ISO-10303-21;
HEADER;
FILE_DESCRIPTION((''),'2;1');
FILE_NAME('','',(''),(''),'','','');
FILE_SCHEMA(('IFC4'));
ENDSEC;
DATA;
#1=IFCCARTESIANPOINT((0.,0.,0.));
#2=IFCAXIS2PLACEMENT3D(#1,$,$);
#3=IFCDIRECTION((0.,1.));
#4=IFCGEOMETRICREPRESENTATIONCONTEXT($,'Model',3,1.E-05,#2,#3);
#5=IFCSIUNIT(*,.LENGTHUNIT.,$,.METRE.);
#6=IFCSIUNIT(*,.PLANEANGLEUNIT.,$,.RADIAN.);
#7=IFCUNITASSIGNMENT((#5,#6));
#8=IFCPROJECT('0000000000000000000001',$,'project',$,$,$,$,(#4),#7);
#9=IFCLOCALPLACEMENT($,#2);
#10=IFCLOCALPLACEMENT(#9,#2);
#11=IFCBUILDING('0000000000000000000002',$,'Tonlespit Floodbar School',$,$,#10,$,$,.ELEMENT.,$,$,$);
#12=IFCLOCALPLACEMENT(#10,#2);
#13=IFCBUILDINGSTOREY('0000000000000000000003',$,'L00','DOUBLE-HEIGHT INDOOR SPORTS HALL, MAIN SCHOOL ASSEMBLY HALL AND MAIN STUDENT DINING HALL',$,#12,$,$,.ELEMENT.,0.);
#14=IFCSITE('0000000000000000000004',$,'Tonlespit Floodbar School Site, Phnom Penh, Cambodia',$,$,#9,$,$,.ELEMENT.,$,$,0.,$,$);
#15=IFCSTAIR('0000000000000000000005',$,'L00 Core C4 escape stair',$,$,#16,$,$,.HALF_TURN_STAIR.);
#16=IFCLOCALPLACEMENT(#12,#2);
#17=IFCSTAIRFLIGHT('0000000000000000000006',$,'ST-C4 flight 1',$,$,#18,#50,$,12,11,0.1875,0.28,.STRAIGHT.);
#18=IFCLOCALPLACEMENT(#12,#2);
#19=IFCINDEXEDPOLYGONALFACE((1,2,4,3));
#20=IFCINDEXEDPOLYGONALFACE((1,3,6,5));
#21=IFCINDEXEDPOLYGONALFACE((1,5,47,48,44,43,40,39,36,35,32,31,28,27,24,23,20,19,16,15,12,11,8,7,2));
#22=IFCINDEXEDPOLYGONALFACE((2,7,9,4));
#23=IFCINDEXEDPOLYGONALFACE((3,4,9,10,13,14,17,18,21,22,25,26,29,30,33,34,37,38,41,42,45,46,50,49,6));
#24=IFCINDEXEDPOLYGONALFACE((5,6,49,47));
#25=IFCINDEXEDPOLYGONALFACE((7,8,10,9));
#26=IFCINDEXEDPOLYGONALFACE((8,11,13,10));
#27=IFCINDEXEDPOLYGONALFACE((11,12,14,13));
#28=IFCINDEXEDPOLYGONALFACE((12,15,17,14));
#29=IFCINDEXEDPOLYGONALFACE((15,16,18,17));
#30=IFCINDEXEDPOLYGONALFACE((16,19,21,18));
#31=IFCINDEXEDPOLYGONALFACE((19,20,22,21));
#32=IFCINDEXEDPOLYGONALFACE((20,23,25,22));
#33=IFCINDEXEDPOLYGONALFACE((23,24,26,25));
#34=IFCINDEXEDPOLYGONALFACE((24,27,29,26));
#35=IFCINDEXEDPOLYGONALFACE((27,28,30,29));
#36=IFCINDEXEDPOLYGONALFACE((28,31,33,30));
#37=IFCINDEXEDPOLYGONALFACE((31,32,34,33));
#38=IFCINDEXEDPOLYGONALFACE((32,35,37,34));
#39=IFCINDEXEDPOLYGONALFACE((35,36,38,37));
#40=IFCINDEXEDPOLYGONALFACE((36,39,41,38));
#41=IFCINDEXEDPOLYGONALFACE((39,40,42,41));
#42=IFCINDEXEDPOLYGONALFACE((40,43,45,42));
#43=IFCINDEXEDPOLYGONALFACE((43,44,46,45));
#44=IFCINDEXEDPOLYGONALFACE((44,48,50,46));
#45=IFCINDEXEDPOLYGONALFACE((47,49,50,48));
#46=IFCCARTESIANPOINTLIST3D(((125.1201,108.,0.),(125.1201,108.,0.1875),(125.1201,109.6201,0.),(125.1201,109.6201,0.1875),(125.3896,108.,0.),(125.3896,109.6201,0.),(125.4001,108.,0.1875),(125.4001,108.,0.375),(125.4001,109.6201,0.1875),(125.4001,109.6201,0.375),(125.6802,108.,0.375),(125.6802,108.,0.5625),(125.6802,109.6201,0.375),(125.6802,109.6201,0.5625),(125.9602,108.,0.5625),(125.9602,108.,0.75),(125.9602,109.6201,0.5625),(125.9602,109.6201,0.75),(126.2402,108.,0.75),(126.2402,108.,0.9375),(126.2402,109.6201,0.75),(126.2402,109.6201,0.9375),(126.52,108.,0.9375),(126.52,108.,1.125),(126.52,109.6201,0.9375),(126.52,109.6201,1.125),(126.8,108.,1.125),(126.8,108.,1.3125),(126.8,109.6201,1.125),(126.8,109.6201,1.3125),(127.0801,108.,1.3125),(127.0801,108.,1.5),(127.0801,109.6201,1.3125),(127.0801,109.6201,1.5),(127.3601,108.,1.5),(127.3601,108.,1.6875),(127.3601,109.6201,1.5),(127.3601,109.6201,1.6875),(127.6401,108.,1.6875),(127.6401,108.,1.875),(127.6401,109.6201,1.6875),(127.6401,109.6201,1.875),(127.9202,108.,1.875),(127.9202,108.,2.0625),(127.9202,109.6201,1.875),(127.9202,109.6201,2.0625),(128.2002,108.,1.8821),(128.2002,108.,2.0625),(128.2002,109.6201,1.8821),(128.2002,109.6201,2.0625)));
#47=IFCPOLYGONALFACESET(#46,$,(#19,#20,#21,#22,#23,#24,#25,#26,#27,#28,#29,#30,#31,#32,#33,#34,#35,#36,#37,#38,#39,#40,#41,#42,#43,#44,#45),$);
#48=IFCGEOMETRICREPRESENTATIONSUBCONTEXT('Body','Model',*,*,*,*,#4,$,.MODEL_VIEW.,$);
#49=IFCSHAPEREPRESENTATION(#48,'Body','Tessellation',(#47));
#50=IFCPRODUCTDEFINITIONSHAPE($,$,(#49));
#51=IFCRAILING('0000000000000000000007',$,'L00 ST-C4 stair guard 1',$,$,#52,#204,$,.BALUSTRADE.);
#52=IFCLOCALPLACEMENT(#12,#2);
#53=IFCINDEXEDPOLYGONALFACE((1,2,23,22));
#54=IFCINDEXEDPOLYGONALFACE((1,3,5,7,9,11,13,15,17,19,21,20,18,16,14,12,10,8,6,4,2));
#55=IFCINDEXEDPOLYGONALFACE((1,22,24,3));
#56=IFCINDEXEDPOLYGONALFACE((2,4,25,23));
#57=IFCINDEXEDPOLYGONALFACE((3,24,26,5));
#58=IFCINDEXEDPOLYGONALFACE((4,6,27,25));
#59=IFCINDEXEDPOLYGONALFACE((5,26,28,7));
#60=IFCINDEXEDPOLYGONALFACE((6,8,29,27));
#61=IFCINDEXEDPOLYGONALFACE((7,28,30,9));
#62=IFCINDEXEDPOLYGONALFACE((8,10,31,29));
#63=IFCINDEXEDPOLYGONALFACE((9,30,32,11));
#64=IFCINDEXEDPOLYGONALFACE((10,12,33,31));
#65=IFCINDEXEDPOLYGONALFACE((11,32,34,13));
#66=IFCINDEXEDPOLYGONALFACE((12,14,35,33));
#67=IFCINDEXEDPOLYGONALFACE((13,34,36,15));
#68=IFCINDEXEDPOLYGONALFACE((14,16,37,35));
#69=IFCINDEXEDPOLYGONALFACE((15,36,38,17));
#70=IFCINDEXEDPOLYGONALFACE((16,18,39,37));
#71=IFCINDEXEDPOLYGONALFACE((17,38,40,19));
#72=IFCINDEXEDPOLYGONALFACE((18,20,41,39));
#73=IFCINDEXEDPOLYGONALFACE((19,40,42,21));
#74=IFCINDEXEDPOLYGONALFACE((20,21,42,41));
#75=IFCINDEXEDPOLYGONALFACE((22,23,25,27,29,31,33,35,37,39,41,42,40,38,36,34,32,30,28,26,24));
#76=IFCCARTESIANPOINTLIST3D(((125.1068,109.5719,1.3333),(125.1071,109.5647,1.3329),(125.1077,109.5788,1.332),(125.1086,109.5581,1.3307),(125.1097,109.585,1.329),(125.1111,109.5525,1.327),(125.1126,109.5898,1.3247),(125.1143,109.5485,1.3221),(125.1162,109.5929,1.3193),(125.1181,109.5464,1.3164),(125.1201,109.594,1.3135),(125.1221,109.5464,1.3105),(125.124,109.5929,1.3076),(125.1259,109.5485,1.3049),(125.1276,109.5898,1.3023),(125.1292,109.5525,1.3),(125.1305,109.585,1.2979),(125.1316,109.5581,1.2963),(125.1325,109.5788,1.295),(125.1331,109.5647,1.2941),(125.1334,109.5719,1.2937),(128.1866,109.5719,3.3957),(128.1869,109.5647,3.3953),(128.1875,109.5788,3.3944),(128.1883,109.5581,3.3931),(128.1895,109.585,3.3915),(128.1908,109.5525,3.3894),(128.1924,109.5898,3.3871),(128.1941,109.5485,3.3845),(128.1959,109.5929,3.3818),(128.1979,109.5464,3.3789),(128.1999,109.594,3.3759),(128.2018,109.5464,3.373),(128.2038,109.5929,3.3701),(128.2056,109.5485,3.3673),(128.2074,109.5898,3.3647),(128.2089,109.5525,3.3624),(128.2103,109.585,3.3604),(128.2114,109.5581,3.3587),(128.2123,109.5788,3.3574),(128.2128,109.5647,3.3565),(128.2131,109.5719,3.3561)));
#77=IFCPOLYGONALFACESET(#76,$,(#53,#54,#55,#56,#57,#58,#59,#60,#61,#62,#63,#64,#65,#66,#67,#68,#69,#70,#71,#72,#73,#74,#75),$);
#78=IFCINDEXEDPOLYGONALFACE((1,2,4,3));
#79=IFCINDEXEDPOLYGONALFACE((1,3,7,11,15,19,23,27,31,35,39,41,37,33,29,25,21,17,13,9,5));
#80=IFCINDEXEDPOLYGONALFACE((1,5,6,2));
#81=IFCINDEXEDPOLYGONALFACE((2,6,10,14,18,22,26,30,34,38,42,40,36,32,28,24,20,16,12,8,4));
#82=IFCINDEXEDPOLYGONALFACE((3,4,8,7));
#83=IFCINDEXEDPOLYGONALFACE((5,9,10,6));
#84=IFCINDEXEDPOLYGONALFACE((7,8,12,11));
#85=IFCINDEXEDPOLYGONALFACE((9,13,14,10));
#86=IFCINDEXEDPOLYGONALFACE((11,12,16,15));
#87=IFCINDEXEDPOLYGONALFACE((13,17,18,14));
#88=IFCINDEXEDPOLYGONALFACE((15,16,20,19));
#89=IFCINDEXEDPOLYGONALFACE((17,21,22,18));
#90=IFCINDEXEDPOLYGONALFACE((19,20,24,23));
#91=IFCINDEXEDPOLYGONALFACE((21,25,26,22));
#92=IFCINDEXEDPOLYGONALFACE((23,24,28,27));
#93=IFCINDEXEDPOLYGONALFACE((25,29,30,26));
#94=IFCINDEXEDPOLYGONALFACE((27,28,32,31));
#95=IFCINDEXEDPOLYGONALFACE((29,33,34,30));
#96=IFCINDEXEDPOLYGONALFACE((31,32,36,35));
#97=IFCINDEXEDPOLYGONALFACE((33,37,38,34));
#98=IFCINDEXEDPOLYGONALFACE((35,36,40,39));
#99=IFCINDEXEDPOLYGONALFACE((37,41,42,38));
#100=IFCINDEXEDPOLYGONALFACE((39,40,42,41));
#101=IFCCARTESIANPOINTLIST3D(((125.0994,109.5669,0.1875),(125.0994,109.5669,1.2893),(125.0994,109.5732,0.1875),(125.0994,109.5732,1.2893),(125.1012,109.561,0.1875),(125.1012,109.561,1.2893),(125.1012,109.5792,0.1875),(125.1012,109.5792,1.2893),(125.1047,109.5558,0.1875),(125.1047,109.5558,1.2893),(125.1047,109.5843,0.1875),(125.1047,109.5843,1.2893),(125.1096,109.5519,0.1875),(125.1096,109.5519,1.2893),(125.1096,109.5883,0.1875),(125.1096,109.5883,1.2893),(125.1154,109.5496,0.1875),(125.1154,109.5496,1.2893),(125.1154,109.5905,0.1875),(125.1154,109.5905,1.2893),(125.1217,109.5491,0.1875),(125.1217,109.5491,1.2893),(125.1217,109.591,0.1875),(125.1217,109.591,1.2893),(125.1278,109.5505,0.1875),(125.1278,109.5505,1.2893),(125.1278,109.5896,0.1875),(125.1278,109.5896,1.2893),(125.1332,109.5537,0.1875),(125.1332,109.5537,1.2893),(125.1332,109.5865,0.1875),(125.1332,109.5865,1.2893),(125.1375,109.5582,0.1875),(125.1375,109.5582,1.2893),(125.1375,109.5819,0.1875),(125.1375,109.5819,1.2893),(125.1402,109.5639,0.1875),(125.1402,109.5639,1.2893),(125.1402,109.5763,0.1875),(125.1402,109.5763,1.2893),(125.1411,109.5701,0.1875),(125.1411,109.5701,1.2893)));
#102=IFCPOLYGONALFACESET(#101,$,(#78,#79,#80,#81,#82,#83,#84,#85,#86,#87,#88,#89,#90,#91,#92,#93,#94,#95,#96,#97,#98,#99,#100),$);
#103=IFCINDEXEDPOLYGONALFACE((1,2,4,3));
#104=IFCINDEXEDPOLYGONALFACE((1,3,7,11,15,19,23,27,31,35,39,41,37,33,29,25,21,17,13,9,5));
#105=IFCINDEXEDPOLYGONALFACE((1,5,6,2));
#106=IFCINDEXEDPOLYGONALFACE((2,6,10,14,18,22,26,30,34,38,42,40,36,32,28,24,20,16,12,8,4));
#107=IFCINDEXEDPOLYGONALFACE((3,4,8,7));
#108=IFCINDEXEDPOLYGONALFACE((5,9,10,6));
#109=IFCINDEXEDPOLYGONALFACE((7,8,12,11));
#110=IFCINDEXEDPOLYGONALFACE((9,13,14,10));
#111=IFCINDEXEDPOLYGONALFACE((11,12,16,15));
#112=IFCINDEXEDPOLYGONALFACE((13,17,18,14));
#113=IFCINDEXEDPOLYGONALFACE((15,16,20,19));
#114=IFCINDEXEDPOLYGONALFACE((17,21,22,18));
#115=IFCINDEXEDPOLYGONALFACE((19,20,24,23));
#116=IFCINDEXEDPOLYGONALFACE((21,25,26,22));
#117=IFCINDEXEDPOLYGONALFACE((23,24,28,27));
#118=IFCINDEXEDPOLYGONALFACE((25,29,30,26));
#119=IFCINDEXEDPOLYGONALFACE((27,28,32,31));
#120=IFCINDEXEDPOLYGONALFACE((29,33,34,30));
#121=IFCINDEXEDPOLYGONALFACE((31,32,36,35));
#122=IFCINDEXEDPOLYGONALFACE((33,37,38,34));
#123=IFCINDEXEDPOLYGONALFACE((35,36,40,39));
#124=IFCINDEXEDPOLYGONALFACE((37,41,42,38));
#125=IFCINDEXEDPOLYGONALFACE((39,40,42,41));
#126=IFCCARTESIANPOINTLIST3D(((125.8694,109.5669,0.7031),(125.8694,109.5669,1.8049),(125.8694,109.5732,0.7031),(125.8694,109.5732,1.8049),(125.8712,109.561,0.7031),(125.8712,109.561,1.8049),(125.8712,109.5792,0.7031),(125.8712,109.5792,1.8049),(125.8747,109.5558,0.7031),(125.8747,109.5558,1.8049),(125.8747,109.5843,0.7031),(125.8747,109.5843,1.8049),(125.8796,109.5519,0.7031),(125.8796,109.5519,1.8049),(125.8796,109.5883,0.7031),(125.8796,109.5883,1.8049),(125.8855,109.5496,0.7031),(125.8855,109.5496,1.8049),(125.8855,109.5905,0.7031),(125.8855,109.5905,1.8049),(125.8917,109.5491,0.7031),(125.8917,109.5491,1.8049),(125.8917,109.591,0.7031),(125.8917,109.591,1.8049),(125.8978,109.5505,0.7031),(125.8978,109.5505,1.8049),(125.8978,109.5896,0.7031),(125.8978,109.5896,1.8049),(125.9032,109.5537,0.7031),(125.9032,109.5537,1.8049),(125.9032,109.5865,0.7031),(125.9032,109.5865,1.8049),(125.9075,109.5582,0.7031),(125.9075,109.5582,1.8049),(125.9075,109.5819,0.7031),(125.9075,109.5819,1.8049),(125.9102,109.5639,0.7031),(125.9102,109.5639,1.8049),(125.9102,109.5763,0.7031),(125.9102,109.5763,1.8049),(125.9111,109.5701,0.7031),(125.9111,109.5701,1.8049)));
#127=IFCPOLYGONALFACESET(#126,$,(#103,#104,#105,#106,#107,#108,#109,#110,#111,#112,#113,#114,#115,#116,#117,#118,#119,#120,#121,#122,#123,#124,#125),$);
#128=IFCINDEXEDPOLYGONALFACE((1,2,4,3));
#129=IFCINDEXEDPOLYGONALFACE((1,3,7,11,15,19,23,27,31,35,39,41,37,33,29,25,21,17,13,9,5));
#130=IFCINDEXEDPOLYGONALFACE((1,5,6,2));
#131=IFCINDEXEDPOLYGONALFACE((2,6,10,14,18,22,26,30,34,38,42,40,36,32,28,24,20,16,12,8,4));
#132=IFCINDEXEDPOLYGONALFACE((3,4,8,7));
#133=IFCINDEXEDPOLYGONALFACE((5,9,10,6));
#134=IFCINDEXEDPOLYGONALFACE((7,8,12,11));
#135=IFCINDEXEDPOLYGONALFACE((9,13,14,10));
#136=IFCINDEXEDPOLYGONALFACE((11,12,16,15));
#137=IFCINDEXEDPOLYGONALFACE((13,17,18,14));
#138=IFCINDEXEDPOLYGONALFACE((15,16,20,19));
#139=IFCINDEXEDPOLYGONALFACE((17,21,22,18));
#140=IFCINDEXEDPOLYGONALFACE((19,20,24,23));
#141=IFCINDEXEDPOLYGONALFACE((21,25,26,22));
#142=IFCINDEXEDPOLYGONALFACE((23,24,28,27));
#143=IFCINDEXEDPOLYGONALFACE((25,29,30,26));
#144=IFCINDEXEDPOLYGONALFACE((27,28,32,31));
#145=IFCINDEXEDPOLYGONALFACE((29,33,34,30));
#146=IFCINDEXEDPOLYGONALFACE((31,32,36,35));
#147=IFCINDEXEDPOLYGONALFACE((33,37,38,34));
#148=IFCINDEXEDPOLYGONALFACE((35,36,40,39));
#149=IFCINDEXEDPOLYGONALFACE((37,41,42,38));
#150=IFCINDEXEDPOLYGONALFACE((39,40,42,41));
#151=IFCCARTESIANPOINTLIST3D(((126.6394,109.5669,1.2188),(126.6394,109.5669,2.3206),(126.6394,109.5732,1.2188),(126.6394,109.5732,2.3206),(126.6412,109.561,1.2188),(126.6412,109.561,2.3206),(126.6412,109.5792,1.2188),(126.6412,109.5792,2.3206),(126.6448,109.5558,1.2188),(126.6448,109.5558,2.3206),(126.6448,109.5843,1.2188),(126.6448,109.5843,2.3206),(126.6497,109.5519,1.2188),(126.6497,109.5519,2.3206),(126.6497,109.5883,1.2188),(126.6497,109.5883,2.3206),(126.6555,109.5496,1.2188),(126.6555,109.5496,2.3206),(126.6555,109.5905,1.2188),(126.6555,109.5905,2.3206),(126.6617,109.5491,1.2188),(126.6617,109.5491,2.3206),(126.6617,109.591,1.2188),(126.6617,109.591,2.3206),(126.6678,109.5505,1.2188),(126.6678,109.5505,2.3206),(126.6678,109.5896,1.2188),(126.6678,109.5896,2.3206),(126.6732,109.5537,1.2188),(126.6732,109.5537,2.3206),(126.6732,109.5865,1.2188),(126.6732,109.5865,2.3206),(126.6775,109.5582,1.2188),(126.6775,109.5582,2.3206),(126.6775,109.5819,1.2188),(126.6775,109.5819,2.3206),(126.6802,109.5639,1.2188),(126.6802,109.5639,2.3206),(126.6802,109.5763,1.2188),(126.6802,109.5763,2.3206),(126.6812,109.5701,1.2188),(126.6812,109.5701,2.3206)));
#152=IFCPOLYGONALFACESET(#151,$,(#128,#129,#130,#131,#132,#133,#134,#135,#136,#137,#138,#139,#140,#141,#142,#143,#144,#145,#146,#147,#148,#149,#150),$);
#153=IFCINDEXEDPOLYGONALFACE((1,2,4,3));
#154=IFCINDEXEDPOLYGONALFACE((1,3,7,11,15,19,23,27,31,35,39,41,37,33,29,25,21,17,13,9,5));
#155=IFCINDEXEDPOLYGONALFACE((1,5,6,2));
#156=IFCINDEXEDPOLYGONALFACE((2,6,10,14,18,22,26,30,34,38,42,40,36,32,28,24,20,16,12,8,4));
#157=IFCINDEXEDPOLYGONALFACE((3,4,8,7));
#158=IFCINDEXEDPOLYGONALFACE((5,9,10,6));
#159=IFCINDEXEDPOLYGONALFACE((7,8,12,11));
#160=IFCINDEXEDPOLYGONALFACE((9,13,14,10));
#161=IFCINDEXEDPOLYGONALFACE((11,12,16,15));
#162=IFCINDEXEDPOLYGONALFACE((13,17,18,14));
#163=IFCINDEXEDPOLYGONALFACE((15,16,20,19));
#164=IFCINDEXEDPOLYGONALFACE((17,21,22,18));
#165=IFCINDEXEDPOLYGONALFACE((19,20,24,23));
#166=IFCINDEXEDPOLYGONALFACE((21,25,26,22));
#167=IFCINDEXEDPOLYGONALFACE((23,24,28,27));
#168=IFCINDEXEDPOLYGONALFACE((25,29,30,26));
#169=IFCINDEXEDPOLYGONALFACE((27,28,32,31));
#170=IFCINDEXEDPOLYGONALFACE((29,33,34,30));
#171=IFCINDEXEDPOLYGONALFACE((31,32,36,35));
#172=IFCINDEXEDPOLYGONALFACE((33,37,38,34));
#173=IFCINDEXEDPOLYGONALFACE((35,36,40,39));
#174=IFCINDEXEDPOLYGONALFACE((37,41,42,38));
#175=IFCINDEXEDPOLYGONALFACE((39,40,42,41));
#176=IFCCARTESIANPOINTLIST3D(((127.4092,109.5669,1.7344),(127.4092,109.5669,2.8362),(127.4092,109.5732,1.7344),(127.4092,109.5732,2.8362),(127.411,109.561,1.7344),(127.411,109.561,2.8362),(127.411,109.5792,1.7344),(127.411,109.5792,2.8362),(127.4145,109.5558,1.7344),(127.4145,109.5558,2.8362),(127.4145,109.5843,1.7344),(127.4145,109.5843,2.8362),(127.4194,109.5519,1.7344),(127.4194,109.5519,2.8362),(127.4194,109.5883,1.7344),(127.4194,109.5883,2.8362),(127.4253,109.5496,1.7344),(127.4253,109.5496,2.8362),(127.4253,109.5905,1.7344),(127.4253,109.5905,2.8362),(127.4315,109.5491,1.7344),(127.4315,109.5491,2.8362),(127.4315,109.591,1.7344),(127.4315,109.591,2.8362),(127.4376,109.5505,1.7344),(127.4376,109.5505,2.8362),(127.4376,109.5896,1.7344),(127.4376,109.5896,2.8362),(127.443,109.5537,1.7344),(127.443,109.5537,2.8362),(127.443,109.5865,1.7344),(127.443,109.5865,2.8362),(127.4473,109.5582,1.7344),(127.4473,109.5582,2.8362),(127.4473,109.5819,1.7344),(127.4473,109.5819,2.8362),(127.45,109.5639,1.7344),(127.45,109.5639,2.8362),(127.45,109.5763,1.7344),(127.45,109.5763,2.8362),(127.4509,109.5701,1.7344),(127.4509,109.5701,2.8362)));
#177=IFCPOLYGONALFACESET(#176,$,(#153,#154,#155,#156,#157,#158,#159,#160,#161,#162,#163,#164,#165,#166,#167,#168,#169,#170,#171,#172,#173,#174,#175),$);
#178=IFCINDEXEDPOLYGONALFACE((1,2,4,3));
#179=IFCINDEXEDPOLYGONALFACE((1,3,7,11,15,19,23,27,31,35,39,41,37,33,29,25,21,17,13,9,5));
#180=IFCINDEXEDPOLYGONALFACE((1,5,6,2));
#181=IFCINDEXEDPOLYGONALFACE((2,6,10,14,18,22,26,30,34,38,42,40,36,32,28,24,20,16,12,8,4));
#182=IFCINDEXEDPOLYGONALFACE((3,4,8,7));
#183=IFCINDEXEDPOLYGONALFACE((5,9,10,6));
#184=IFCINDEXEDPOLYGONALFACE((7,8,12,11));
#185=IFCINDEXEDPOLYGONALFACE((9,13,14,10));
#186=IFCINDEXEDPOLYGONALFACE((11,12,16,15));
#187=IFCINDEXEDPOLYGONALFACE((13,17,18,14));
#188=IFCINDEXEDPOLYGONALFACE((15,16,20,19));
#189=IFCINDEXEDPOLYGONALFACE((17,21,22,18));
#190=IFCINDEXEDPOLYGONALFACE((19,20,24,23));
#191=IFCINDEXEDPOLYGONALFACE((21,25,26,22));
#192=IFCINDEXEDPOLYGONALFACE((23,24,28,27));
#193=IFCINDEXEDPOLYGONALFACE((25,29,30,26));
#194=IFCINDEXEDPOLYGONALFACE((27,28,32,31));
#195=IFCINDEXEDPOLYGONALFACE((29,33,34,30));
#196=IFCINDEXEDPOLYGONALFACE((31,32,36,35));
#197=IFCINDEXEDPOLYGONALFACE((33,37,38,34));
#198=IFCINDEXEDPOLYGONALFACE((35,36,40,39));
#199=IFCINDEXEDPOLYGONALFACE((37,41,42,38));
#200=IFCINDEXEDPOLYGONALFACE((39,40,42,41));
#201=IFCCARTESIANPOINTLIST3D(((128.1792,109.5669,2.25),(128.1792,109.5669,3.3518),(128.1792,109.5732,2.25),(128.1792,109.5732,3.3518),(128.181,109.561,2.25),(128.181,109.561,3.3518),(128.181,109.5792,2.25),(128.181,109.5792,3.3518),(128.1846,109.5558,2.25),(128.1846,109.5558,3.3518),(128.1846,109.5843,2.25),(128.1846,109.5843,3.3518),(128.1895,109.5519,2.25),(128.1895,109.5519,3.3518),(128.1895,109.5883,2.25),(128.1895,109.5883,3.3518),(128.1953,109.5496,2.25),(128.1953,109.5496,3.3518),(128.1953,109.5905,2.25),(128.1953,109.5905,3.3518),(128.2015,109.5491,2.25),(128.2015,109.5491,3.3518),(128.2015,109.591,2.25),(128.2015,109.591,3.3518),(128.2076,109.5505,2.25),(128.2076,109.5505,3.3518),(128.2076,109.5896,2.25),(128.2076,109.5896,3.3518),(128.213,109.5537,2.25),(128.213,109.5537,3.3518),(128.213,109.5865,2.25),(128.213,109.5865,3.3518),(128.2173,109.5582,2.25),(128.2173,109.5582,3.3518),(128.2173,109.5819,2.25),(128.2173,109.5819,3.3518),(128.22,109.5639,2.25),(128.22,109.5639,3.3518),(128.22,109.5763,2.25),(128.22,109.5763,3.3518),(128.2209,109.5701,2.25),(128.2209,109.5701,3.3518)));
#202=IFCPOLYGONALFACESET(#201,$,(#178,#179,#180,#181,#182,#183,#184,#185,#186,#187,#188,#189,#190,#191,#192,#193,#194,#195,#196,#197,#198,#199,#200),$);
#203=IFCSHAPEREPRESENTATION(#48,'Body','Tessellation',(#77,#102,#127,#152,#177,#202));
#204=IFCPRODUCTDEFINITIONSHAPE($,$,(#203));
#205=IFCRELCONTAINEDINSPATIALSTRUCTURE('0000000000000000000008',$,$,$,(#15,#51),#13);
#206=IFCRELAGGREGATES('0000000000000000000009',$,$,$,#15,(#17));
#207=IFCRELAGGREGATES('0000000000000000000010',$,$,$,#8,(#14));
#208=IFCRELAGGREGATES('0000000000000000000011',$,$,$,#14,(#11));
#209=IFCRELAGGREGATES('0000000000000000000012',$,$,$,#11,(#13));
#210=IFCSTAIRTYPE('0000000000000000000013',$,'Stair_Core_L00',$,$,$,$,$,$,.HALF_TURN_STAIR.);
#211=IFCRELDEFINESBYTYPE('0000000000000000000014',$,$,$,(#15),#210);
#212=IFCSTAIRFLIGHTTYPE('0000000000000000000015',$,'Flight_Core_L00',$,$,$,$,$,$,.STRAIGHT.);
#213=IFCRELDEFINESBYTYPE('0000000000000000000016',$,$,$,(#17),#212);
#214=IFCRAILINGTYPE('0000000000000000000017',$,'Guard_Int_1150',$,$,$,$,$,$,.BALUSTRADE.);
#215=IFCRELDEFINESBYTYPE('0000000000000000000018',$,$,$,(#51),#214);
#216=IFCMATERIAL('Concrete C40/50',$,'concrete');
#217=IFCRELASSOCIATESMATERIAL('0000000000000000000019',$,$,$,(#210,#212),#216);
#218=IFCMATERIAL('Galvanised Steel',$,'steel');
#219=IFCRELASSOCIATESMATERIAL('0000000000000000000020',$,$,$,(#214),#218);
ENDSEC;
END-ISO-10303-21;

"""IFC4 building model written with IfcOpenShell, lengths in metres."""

from ifc_helpers import new_model, si_unit, direction, frame, origin, origin_2d, place, context, subcontext, project, spatial, polyline, circle, outline, extrude, material, type_object, element, aggregate, save


model = new_model("IFC4")

# Units and contexts
model_context = context("Model", 3, precision=1e-05, world=origin(), true_north=direction((0.0, 1.0)))
body_context = subcontext(model_context, "Body", "Model", "MODEL_VIEW")
ifc_project = project(units=[si_unit("LENGTHUNIT", "METRE"), si_unit("PLANEANGLEUNIT", "RADIAN")], contexts=[model_context])

# Site, building, storey
site_placement = place(None, origin())
site = spatial("IfcSite", under=ifc_project, at=site_placement, Name="Tonlespit Floodbar School Site, Phnom Penh, Cambodia", CompositionType="ELEMENT", RefElevation=0.0)
building_placement = place(site_placement, origin())
building = spatial("IfcBuilding", under=site, at=building_placement, Name="Tonlespit Floodbar School", CompositionType="ELEMENT")
storey_placement = place(building_placement, origin())
storey = spatial("IfcBuildingStorey", under=building, at=storey_placement, Name="L00", Description="DOUBLE-HEIGHT INDOOR SPORTS HALL, MAIN SCHOOL ASSEMBLY HALL AND MAIN STUDENT DINING HALL", CompositionType="ELEMENT", Elevation=0.0)

# Shared definitions
ifc_material_1 = material(Name="Concrete C40/50", Category="concrete")

# Shared definitions
ifc_material_2 = material(Name="Galvanised Steel", Category="steel")

# Stair, stair flight
stair_type = type_object("IfcStairType", Name="Stair_Core_L00", PredefinedType="HALF_TURN_STAIR", material=ifc_material_1)
stair_placement = place(storey_placement, origin())
stair = element("IfcStair", 1, at=stair_placement, inside=storey, type_object=stair_type, Name="L00 Core C4 escape stair", PredefinedType="HALF_TURN_STAIR")
stair_flight_type = type_object("IfcStairFlightType", Name="Flight_Core_L00", PredefinedType="STRAIGHT", material=ifc_material_1)
stair_flight_placement = place(storey_placement, frame((125.1201, 108.8101, 0.0), z_axis=(0.0, 0.0, 1.0), x_axis=(1.0, 0.0, 0.0)))
stair_flight = element("IfcStairFlight", 2, at=stair_flight_placement, type_object=stair_flight_type, Name="ST-C4 flight 1", NumberOfRisers=12, NumberOfTreads=11, PredefinedType="STRAIGHT", RiserHeight=0.1875, TreadLength=0.28, context=body_context, shape_type="SweptSolid", body=[
    extrude(outline(polyline([(0.0, 0.0), (0.0, 0.1875), (0.28, 0.1875), (0.28, 0.375), (0.5601, 0.375), (0.5601, 0.5625), (0.8401, 0.5625), (0.8401, 0.75), (1.1201, 0.75), (1.1201, 0.9375), (1.3999, 0.9375), (1.3999, 1.125), (1.6799, 1.125), (1.6799, 1.3125), (1.96, 1.3125), (1.96, 1.5), (2.24, 1.5), (2.24, 1.6875), (2.52, 1.6875), (2.52, 1.875), (2.8, 1.875), (2.8, 2.0625), (3.0801, 2.0625), (3.0801, 2.25), (3.0801, 1.8821), (0.2695, 0.0), (0.0, 0.0)])), frame((0.0, 0.8101, 0.0), z_axis=(0.0, -1.0, 0.0), x_axis=(1.0, 0.0, 0.0)), (0.0, 0.0, 1.0), 1.6201),
])
aggregate(stair, [stair_flight])

# Railing
railing_type_1 = type_object("IfcRailingType", Name="Guard_Int_1150", PredefinedType="BALUSTRADE", material=ifc_material_2)
railing_1_placement = place(storey_placement, frame((125.1201, 109.5701, 0.1875)))
element("IfcRailing", 3, at=railing_1_placement, inside=storey, type_object=railing_type_1, Name="L00 ST-C4 stair guard 1", PredefinedType="BALUSTRADE", context=body_context, shape_type="SweptSolid", body=[
    extrude(circle(Radius=0.0239, at=origin_2d()), frame((0.0, 0.0, 1.126), z_axis=(0.830893, 0.0, 0.556432), x_axis=(0.0, 1.0, 0.0)), (0.0, 0.0, 1.0), 3.7065),
    extrude(circle(Radius=0.021, at=origin_2d()), origin(), (0.0, 0.0, 1.0), 1.1018),
    extrude(circle(Radius=0.021, at=origin_2d()), frame((0.77, 0.0, 0.5156)), (0.0, 0.0, 1.0), 1.1018),
    extrude(circle(Radius=0.021, at=origin_2d()), frame((1.54, 0.0, 1.0312)), (0.0, 0.0, 1.0), 1.1018),
    extrude(circle(Radius=0.021, at=origin_2d()), frame((2.3098, 0.0, 1.5469)), (0.0, 0.0, 1.0), 1.1018),
    extrude(circle(Radius=0.021, at=origin_2d()), frame((3.0798, 0.0, 2.0625)), (0.0, 0.0, 1.0), 1.1018),
])

save(model, "model.ifc")
